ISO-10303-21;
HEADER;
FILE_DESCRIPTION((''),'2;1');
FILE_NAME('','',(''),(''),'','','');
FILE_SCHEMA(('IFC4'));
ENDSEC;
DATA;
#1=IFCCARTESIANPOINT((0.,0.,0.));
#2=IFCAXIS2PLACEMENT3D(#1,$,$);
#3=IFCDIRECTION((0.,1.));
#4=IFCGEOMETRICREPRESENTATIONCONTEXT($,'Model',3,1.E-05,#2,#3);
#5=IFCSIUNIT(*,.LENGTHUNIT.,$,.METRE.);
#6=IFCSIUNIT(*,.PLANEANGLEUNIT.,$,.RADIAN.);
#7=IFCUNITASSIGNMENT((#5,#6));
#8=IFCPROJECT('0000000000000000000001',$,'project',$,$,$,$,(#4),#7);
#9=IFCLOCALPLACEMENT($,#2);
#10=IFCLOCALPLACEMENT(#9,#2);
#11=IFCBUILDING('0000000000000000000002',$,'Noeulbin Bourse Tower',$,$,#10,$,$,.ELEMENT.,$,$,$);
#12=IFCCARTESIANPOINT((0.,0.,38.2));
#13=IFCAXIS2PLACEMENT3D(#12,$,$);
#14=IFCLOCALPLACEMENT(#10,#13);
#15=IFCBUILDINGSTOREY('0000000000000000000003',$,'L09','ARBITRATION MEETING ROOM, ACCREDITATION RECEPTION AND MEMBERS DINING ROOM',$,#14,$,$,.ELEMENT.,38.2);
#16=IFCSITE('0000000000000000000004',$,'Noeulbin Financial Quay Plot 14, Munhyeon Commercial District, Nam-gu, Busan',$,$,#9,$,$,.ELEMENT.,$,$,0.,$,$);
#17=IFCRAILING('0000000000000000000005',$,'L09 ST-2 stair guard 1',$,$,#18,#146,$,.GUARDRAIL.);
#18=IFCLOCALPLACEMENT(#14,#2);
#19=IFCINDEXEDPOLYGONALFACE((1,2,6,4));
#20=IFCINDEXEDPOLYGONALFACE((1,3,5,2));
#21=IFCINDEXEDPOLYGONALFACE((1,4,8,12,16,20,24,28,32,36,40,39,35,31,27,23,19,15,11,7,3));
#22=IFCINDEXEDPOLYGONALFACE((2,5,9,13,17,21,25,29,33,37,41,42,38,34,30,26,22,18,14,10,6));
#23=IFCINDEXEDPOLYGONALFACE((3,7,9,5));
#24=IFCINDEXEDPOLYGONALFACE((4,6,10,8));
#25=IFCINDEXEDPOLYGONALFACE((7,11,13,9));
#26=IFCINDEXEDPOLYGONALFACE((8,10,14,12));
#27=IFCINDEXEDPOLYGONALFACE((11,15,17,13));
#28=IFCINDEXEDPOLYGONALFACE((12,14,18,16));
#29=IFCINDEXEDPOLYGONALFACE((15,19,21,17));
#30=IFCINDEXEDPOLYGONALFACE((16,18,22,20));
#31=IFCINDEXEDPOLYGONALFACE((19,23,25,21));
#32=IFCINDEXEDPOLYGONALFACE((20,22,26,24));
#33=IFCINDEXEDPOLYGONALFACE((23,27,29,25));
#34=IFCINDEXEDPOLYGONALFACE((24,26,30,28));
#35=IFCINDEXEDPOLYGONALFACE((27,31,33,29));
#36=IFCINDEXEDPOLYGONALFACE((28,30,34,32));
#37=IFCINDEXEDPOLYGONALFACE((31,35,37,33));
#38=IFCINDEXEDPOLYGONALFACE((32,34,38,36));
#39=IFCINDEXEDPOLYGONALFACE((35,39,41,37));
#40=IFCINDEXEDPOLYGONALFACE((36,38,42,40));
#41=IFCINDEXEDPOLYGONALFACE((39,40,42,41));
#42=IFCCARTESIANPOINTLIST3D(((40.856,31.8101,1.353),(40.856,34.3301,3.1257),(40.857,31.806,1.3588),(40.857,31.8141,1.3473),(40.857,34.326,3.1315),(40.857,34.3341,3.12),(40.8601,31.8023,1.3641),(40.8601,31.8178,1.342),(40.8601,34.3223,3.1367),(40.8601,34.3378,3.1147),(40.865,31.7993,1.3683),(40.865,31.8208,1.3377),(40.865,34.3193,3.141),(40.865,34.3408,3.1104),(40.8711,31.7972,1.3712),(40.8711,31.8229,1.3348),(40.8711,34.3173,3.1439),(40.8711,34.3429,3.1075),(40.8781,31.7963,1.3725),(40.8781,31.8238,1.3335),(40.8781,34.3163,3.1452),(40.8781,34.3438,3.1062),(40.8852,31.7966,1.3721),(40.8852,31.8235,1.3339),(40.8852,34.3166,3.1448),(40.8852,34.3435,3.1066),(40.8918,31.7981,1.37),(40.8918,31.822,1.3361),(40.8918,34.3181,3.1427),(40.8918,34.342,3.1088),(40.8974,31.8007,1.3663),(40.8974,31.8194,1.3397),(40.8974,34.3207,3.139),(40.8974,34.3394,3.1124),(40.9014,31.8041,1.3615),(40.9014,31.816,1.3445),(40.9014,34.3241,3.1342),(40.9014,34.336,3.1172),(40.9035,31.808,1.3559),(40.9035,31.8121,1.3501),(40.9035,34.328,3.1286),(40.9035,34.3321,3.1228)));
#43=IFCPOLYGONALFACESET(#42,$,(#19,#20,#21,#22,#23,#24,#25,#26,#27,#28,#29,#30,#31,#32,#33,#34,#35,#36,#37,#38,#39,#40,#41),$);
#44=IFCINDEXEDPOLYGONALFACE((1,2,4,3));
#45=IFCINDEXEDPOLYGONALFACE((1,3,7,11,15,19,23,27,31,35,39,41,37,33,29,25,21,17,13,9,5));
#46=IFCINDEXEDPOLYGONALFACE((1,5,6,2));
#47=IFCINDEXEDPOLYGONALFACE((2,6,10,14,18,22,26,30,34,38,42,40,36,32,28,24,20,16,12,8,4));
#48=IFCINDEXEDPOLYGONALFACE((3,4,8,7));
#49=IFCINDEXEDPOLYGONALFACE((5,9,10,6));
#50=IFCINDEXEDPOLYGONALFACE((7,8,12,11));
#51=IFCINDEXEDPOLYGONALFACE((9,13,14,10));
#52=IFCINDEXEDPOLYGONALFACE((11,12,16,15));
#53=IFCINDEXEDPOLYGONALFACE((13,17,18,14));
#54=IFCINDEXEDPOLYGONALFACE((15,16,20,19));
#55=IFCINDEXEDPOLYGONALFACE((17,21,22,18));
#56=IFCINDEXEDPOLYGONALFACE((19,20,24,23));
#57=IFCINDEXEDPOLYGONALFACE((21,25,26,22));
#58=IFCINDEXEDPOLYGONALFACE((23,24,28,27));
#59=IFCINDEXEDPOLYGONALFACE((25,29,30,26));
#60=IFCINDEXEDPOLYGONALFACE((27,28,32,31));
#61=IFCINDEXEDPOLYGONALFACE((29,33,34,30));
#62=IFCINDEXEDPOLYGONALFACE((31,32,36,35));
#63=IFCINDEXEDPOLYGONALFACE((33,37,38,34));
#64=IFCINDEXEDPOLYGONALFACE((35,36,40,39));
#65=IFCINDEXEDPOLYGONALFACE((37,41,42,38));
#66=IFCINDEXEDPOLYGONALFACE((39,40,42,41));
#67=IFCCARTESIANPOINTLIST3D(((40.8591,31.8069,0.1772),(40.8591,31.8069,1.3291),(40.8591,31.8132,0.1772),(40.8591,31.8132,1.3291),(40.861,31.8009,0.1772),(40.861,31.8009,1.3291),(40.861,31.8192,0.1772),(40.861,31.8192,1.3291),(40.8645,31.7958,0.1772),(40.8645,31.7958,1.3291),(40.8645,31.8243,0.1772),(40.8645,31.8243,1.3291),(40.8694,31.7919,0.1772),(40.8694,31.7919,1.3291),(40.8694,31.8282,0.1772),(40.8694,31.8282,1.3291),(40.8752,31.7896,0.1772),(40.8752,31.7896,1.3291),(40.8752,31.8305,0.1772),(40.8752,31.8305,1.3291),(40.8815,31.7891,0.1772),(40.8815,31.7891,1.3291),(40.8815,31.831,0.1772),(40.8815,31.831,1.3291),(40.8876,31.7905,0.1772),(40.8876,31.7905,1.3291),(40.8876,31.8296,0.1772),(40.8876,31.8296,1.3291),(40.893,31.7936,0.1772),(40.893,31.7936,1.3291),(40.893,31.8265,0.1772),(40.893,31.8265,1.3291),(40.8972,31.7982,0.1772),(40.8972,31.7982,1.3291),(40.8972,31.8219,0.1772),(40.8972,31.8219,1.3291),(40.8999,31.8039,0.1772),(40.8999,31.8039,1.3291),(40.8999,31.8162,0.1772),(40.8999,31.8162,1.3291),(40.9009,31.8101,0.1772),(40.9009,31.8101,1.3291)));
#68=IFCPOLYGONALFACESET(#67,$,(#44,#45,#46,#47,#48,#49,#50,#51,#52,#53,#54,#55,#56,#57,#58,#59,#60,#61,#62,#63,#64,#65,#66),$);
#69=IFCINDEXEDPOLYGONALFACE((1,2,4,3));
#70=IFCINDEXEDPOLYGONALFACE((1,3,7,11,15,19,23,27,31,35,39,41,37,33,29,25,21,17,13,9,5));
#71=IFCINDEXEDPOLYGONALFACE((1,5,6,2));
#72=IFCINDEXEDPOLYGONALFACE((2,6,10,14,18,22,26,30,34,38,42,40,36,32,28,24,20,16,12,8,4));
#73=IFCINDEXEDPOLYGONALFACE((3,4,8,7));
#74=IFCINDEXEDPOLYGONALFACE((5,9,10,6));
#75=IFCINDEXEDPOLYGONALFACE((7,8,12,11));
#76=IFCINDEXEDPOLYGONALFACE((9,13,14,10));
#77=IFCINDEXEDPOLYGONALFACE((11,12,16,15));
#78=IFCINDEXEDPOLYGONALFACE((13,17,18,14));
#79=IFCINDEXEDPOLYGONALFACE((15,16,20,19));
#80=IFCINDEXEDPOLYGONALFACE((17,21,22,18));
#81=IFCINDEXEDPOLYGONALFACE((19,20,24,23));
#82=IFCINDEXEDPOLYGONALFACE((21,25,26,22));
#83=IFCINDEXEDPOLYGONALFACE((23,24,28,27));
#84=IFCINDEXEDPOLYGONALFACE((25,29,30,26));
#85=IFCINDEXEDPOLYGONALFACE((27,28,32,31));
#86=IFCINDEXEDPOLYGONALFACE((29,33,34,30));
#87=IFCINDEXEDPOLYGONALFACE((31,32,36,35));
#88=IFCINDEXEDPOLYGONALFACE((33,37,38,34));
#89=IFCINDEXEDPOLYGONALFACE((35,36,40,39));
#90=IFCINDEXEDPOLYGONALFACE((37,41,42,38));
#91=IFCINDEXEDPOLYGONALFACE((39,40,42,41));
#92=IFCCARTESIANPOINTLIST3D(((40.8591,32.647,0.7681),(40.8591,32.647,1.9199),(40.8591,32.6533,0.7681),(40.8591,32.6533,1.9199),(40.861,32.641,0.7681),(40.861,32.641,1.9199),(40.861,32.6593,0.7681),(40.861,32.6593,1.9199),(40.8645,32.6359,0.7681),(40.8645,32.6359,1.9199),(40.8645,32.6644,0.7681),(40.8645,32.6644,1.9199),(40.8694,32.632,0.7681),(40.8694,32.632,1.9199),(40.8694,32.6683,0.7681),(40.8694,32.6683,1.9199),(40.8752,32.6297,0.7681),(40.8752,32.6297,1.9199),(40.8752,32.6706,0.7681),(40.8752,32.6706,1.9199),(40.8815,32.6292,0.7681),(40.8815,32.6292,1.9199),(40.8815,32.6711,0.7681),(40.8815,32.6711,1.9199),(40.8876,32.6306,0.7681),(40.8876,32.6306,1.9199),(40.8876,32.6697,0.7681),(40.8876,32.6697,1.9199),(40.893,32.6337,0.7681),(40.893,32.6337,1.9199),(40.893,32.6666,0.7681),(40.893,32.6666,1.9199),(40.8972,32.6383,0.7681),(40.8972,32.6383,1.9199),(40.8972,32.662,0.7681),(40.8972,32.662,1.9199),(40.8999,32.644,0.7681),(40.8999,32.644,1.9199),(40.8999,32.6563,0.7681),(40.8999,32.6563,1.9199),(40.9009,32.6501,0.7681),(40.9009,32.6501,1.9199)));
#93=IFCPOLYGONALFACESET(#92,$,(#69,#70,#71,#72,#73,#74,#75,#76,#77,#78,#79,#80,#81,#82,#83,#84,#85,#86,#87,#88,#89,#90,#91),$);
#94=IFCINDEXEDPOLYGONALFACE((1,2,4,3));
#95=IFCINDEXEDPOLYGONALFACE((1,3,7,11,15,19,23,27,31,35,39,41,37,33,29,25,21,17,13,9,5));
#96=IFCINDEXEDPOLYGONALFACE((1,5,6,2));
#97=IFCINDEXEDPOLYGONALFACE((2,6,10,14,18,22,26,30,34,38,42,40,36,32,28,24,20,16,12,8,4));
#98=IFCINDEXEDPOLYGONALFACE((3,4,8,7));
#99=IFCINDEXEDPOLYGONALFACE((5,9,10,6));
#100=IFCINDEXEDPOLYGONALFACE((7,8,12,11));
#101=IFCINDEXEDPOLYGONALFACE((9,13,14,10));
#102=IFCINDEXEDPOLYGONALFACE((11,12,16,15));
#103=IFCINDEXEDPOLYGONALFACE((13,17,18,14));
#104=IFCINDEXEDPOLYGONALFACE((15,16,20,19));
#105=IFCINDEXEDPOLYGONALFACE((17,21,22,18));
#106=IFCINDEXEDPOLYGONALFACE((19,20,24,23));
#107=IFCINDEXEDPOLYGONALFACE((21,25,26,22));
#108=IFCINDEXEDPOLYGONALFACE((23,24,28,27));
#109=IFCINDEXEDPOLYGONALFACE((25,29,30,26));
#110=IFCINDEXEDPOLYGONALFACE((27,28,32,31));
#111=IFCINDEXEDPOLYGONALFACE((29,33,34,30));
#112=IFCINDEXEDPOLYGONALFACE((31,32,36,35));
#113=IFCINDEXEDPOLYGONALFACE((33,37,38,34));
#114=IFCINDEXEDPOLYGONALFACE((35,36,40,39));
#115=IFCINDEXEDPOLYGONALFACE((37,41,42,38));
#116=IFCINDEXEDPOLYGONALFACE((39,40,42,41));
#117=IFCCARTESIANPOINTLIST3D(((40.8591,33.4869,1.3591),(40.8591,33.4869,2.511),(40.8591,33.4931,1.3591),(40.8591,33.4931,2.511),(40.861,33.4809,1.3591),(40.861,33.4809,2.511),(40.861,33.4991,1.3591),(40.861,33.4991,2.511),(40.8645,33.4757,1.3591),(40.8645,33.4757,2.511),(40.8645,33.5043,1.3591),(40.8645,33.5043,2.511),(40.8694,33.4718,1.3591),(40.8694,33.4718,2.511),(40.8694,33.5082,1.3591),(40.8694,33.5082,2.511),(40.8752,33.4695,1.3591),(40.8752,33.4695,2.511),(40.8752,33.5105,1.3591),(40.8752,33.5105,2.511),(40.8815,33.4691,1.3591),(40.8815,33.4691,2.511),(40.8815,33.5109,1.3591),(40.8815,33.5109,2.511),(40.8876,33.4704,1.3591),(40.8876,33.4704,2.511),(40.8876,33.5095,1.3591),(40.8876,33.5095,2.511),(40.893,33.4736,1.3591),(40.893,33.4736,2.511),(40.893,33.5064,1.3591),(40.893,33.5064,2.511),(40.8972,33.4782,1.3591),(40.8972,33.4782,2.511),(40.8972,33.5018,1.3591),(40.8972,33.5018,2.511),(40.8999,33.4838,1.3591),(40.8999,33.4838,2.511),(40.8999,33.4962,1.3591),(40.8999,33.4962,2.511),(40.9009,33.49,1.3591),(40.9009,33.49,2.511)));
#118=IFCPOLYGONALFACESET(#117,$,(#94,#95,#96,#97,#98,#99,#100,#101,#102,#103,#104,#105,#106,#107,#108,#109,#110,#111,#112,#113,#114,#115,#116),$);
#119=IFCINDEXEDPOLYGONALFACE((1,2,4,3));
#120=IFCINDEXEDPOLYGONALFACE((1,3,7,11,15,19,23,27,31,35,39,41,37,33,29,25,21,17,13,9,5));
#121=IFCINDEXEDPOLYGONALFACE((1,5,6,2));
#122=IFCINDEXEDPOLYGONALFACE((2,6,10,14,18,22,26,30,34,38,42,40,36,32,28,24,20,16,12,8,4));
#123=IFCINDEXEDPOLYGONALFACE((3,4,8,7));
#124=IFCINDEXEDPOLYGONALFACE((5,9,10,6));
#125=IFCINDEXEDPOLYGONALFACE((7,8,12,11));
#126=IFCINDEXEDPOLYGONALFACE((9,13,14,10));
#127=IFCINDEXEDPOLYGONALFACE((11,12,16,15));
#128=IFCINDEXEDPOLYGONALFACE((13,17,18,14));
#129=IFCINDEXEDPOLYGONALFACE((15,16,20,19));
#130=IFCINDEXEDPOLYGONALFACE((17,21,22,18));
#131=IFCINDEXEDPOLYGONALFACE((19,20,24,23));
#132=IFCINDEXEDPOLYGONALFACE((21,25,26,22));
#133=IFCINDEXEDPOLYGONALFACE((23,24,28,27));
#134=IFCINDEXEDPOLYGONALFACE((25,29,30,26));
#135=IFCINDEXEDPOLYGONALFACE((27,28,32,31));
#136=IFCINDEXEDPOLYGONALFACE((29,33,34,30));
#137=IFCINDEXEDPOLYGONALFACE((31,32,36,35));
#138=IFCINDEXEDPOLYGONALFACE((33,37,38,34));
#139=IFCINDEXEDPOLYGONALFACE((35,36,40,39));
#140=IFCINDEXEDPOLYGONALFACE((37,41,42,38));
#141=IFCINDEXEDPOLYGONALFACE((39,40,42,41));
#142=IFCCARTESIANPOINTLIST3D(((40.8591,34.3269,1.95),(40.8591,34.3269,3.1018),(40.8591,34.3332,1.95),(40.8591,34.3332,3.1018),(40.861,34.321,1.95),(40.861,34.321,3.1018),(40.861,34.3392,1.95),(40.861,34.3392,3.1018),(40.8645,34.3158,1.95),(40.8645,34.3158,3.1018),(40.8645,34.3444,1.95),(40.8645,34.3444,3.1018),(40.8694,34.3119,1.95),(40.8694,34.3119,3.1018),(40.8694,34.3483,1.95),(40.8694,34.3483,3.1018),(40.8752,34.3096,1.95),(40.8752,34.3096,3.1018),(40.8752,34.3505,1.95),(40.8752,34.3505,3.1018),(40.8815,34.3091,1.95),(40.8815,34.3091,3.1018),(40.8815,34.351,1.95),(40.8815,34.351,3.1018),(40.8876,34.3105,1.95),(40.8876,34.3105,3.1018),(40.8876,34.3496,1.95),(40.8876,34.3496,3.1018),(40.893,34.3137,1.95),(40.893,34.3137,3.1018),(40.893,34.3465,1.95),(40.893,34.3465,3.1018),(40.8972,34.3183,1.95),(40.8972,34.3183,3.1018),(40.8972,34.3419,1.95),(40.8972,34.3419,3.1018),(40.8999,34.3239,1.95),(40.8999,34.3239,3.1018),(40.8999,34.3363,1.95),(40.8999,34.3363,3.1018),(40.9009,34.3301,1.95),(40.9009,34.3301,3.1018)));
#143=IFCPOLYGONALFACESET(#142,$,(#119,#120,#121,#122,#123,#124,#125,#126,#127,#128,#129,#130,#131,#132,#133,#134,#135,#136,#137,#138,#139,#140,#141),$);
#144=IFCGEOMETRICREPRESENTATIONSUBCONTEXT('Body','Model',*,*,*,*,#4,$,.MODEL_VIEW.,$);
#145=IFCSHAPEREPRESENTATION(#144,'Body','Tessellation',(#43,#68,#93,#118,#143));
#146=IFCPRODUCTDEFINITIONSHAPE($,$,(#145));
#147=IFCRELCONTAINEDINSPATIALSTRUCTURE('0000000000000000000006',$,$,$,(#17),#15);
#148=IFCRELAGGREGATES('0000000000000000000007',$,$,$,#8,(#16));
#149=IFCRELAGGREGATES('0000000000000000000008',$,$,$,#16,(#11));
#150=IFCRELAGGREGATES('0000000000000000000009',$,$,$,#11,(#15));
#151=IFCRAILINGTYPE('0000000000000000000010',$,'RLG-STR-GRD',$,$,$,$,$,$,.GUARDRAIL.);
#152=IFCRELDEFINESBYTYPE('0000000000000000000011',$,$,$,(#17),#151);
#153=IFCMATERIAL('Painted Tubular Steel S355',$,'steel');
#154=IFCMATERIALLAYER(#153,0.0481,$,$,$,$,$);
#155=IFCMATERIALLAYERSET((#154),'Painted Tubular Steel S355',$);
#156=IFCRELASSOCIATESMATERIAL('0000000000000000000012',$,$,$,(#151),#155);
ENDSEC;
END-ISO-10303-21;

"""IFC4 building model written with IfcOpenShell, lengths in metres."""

from ifc_helpers import new_model, si_unit, direction, frame, origin, origin_2d, place, context, subcontext, project, spatial, circle, extrude, material, layer, layer_set, type_object, element, save


model = new_model("IFC4")

# Units and contexts
model_context = context("Model", 3, precision=1e-05, world=origin(), true_north=direction((0.0, 1.0)))
body_context = subcontext(model_context, "Body", "Model", "MODEL_VIEW")
ifc_project = project(units=[si_unit("LENGTHUNIT", "METRE"), si_unit("PLANEANGLEUNIT", "RADIAN")], contexts=[model_context])

# Site, building, storey
site_placement = place(None, origin())
site = spatial("IfcSite", under=ifc_project, at=site_placement, Name="Noeulbin Financial Quay Plot 14, Munhyeon Commercial District, Nam-gu, Busan", CompositionType="ELEMENT", RefElevation=0.0)
building_placement = place(site_placement, origin())
building = spatial("IfcBuilding", under=site, at=building_placement, Name="Noeulbin Bourse Tower", CompositionType="ELEMENT")
storey_placement = place(building_placement, frame((0.0, 0.0, 38.2)))
storey = spatial("IfcBuildingStorey", under=building, at=storey_placement, Name="L09", Description="ARBITRATION MEETING ROOM, ACCREDITATION RECEPTION AND MEMBERS DINING ROOM", CompositionType="ELEMENT", Elevation=38.2)

# Railing
ifc_material_1 = material(Name="Painted Tubular Steel S355", Category="steel")
ifc_layer_1 = layer(ifc_material_1, 0.0481)
ifc_layer_set_1 = layer_set([ifc_layer_1], Name="Painted Tubular Steel S355")
railing_type_1 = type_object("IfcRailingType", Name="RLG-STR-GRD", PredefinedType="GUARDRAIL", material=ifc_layer_set_1)
railing_1_placement = place(storey_placement, frame((40.8799, 31.8101, 0.1772)))
element("IfcRailing", 1, at=railing_1_placement, inside=storey, type_object=railing_type_1, Name="L09 ST-2 stair guard 1", PredefinedType="GUARDRAIL", context=body_context, shape_type="SweptSolid", body=[
    extrude(circle(Radius=0.0239, at=origin_2d()), frame((0.0, 0.0, 1.1758), z_axis=(0.0, 0.817904, 0.575354), x_axis=(-1.0, 0.0, 0.0)), (0.0, 0.0, 1.0), 3.0811),
    extrude(circle(Radius=0.021, at=origin_2d()), origin(), (0.0, 0.0, 1.0), 1.1519),
    extrude(circle(Radius=0.021, at=origin_2d()), frame((0.0, 0.8401, 0.5908)), (0.0, 0.0, 1.0), 1.1519),
    extrude(circle(Radius=0.021, at=origin_2d()), frame((0.0, 1.6799, 1.1819)), (0.0, 0.0, 1.0), 1.1519),
    extrude(circle(Radius=0.021, at=origin_2d()), frame((0.0, 2.52, 1.7727)), (0.0, 0.0, 1.0), 1.1519),
])

save(model, "model.ifc")
